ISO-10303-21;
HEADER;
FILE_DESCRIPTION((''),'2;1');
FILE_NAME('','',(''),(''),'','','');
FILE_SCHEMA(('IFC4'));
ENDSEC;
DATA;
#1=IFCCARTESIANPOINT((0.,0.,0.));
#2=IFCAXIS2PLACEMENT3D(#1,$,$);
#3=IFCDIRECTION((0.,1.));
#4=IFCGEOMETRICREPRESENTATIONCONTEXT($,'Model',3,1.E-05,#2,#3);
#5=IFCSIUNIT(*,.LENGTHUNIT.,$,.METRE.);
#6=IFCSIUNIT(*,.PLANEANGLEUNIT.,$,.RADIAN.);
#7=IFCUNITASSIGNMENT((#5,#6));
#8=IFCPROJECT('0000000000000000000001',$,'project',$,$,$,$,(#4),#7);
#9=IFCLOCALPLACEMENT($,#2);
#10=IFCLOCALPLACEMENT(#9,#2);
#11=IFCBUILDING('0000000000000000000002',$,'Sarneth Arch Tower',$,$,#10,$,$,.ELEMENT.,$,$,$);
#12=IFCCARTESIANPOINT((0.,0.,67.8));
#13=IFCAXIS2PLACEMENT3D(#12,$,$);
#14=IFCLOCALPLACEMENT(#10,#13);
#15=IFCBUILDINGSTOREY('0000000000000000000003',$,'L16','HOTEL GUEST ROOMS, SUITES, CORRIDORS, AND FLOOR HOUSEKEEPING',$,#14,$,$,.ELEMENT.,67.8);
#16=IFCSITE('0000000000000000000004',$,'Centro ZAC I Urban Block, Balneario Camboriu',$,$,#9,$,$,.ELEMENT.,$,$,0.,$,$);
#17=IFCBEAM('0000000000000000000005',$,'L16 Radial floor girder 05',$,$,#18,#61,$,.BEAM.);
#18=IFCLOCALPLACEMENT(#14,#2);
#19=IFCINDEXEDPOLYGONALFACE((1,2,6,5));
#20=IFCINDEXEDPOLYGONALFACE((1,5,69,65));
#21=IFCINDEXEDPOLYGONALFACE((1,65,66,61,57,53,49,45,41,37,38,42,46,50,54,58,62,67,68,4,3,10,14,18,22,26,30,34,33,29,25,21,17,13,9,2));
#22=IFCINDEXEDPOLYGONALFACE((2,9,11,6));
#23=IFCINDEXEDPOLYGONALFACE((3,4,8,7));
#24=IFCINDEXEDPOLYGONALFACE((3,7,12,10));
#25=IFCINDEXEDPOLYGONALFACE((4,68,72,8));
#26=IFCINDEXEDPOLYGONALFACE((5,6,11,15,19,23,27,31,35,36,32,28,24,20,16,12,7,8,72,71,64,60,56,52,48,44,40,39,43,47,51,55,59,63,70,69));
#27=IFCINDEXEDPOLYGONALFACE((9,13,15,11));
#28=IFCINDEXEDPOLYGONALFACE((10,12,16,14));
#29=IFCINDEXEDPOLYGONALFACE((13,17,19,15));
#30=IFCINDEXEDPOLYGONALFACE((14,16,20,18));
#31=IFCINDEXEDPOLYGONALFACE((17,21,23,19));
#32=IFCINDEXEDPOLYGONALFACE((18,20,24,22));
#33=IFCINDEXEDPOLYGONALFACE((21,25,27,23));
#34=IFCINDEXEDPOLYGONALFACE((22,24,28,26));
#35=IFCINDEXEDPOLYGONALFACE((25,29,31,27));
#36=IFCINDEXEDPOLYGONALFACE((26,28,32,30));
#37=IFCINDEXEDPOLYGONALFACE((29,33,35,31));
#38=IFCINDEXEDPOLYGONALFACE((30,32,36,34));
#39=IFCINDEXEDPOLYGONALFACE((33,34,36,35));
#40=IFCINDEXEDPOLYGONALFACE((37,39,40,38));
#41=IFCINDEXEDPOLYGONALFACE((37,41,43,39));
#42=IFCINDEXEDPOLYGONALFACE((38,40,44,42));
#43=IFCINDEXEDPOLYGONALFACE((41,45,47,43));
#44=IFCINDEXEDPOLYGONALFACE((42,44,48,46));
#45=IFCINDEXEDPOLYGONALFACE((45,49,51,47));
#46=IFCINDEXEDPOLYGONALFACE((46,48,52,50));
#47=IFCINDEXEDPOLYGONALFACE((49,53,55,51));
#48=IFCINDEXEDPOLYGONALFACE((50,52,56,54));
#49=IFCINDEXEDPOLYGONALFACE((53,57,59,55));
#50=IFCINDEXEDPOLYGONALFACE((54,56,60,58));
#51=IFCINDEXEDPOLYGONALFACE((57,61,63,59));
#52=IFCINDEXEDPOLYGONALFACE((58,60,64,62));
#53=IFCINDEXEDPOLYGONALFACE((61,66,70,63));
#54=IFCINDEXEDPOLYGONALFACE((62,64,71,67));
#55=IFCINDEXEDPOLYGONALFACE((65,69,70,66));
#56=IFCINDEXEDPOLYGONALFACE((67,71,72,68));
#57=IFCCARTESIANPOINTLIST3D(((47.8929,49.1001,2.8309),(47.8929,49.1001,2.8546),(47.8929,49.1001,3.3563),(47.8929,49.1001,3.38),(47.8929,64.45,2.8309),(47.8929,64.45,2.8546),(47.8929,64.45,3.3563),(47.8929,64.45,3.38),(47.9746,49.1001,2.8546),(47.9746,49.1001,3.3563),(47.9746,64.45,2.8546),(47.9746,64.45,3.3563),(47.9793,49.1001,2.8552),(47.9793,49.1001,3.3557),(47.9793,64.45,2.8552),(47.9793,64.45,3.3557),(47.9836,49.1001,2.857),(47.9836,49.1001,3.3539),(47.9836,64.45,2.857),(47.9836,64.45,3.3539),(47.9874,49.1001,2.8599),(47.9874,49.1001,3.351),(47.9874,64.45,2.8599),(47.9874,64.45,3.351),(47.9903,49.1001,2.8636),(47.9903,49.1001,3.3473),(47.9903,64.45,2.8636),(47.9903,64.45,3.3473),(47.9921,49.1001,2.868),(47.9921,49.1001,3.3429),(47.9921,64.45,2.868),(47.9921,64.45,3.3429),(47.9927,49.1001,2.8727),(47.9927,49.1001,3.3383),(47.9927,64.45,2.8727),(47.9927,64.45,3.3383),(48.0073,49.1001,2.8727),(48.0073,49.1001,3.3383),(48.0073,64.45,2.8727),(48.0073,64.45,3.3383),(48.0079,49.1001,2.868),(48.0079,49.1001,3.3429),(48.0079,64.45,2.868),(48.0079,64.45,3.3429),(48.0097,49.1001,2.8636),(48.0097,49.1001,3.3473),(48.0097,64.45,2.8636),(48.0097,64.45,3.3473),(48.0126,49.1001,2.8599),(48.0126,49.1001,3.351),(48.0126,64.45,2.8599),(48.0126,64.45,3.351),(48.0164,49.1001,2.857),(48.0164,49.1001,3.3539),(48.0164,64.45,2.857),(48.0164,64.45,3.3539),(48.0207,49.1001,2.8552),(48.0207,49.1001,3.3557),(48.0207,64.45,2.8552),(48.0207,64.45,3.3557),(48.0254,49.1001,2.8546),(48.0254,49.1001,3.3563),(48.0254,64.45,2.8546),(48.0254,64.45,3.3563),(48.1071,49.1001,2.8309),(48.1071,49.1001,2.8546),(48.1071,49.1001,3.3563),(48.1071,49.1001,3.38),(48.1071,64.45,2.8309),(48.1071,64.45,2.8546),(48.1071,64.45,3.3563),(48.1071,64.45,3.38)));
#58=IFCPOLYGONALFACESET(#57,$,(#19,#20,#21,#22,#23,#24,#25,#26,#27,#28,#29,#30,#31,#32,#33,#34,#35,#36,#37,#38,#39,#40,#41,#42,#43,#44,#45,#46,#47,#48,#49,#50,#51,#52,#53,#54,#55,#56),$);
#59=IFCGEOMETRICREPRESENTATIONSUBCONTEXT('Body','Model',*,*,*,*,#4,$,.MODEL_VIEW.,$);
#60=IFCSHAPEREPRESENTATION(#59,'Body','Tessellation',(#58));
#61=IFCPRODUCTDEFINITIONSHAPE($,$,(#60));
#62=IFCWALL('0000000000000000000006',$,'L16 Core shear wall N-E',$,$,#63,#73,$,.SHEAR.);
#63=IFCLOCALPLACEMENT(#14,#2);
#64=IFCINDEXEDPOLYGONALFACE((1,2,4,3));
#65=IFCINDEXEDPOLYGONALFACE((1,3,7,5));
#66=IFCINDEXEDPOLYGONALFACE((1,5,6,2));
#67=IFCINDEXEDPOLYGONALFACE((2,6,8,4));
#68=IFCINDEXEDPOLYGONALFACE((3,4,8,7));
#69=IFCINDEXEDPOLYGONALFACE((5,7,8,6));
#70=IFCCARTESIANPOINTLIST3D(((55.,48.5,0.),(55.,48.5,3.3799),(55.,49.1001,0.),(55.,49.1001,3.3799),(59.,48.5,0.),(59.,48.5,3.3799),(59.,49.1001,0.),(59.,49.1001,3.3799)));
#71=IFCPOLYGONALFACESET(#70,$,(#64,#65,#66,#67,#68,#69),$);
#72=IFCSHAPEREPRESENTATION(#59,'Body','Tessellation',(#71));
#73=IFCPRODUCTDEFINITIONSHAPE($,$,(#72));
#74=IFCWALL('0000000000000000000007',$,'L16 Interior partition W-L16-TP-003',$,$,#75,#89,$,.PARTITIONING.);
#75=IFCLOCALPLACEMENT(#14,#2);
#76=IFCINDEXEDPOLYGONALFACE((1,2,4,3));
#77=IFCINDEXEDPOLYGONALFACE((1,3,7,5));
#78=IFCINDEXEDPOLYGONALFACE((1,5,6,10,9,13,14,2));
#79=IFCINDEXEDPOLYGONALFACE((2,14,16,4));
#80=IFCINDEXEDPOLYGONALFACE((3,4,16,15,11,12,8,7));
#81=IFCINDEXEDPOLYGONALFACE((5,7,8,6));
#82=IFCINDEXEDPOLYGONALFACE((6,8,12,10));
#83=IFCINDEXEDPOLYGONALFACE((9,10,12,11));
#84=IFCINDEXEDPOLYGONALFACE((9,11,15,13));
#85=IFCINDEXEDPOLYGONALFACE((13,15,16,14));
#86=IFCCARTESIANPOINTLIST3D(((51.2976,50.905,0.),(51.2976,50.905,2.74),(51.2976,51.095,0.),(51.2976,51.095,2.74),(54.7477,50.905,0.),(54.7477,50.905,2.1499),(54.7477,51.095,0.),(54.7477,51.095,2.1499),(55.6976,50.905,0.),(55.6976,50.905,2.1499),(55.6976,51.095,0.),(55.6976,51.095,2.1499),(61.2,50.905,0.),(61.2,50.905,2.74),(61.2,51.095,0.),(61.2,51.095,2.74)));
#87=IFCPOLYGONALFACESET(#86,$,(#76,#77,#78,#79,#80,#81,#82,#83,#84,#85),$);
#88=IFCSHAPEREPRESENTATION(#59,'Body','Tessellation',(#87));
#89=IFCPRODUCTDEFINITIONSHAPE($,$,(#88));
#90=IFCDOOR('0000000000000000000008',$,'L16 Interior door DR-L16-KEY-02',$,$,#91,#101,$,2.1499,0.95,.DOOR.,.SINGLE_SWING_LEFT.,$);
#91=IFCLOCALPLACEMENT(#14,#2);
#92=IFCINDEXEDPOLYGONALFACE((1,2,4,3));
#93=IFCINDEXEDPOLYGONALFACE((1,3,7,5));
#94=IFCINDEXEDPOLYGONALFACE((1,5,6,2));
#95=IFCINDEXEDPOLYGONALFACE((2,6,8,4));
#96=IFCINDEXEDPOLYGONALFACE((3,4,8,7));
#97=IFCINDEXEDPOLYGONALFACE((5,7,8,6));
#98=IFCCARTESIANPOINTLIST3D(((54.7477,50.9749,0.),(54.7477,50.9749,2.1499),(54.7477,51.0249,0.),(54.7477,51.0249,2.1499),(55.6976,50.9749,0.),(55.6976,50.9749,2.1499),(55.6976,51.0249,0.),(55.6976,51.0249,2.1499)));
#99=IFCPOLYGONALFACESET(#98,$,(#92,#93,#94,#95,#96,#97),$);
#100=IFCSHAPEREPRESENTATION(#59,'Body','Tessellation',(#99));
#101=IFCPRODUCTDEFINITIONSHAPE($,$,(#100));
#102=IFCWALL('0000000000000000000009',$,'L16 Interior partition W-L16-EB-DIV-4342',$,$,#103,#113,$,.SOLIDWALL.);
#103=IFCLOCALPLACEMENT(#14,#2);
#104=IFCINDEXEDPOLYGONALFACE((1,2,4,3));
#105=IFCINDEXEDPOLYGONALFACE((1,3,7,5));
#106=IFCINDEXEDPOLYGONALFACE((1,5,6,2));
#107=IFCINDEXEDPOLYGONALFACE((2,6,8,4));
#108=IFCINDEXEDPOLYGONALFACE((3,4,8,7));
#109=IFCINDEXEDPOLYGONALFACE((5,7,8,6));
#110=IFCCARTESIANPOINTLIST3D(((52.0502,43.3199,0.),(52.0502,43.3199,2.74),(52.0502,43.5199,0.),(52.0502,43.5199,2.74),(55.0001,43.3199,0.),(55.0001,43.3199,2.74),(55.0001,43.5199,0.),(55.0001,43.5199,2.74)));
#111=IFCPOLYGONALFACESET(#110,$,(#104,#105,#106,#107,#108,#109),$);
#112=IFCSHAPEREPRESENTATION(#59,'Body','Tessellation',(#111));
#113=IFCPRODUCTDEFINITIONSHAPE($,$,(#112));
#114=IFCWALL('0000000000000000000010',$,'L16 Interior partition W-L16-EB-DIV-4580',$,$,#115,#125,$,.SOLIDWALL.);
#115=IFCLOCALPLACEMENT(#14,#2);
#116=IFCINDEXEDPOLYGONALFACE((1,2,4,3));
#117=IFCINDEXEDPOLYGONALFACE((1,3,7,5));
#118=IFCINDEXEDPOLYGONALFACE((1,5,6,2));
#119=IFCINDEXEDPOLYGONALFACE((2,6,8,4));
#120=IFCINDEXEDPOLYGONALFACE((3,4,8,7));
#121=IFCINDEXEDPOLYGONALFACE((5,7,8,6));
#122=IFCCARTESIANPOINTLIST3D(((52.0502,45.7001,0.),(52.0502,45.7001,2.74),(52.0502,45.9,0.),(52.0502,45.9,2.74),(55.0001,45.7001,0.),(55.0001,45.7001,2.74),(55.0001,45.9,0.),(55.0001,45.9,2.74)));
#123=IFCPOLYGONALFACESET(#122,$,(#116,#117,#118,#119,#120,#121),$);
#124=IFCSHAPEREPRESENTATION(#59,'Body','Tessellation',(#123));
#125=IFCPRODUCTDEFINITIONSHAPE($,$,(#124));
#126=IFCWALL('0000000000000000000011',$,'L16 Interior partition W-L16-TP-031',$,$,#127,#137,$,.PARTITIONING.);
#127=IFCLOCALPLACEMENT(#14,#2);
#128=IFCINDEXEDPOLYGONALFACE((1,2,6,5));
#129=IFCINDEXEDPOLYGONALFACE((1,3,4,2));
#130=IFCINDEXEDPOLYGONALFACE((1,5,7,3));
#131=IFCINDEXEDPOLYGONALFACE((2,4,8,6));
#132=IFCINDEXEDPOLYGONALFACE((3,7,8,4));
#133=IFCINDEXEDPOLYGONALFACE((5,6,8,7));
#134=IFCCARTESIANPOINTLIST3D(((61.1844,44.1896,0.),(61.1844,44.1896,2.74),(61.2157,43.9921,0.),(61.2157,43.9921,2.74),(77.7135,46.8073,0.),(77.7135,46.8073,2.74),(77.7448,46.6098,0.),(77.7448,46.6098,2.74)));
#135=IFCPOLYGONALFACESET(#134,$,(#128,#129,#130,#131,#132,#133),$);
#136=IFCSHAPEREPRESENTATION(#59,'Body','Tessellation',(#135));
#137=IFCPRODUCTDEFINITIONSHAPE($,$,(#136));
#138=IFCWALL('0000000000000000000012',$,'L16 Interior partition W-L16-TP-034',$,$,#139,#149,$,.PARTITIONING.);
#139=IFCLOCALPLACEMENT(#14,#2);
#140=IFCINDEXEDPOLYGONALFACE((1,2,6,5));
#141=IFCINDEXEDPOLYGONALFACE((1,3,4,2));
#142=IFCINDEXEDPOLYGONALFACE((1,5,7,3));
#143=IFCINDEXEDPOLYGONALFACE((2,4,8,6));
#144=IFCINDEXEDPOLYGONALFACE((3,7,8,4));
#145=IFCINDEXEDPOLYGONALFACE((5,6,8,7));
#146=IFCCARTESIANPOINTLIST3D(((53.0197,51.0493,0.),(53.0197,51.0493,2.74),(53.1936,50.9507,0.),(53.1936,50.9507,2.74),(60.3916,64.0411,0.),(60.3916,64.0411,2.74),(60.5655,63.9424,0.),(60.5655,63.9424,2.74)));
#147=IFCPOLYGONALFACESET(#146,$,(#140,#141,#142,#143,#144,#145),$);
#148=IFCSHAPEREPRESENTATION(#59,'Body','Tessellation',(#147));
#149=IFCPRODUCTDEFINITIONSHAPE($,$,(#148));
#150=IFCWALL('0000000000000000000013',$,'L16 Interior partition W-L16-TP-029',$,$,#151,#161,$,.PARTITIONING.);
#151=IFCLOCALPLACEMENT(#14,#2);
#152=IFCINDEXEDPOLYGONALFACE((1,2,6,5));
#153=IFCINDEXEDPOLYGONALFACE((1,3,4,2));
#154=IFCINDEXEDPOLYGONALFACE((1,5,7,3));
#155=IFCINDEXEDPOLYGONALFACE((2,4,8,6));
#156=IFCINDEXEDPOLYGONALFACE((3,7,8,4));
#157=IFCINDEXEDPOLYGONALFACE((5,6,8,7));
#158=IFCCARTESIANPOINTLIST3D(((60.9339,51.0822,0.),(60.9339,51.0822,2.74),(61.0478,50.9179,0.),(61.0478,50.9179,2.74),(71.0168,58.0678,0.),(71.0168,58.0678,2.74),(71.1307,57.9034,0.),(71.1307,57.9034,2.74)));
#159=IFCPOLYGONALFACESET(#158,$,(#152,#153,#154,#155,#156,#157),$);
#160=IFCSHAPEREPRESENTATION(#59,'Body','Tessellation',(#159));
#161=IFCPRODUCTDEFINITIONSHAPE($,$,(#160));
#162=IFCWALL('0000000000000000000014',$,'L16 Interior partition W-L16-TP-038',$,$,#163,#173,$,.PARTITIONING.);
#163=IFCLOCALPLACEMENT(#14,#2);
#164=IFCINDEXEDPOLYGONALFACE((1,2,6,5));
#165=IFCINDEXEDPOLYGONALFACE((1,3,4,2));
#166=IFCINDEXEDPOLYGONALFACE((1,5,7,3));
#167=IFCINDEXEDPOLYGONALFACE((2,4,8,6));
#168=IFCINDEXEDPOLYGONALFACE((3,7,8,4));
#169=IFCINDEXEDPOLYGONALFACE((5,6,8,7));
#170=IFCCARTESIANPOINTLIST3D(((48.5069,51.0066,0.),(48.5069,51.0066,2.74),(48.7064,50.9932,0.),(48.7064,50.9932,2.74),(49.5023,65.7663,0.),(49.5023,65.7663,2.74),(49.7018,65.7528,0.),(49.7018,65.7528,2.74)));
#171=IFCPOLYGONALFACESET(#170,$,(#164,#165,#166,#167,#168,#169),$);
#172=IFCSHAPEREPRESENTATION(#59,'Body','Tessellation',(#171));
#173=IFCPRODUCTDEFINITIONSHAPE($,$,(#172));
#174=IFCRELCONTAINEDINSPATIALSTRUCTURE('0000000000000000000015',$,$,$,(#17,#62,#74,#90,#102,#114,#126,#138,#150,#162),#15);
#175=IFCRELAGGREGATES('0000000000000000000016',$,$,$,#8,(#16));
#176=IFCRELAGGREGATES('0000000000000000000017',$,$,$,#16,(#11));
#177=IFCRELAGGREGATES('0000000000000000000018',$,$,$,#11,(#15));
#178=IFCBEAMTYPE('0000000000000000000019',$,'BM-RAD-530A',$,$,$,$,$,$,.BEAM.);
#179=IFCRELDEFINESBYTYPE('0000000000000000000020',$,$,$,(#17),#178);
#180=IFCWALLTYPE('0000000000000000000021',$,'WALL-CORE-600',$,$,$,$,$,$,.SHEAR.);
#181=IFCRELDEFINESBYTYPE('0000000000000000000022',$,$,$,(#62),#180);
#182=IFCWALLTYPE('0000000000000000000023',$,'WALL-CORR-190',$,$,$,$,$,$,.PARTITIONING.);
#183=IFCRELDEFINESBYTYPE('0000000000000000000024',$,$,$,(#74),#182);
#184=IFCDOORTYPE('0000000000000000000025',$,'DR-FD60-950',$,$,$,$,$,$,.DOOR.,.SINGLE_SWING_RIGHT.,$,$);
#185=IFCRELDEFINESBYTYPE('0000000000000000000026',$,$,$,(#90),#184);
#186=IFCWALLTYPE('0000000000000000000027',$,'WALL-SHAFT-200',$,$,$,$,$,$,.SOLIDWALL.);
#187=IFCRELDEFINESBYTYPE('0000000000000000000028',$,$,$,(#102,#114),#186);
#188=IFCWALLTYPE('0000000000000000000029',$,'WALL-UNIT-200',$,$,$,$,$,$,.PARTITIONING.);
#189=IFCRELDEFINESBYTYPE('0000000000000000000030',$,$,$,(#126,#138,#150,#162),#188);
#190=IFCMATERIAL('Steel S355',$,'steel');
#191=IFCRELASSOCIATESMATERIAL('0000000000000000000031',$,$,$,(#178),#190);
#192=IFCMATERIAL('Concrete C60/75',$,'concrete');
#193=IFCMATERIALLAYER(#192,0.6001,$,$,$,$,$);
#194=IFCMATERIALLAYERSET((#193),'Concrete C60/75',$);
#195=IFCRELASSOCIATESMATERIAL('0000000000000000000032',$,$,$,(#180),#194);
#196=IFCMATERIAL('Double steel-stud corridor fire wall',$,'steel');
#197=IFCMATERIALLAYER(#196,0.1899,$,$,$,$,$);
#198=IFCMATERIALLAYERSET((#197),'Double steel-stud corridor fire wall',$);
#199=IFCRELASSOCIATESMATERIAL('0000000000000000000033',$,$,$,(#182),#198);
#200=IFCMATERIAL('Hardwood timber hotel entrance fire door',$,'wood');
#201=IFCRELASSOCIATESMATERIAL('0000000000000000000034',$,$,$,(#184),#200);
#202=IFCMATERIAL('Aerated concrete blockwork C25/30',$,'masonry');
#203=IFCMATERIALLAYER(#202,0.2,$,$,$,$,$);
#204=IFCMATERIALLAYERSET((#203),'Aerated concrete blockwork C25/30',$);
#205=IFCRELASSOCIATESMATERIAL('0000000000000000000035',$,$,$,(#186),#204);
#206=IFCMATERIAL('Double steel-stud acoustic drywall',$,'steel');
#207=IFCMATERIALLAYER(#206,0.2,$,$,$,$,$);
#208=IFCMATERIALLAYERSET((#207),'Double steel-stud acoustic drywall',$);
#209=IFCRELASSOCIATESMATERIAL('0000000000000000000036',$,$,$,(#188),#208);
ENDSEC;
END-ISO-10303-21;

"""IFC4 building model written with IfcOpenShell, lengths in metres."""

from ifc_helpers import new_model, si_unit, direction, frame, frame_2d, origin, origin_2d, place, context, subcontext, project, spatial, rectangle, i_section, extrude, material, layer, layer_set, material_profile, profile_set, type_object, element, fill, save


model = new_model("IFC4")

# Units and contexts
model_context = context("Model", 3, precision=1e-05, world=origin(), true_north=direction((0.0, 1.0)))
body_context = subcontext(model_context, "Body", "Model", "MODEL_VIEW")
ifc_project = project(units=[si_unit("LENGTHUNIT", "METRE"), si_unit("PLANEANGLEUNIT", "RADIAN")], contexts=[model_context])

# Site, building, storey
site_placement = place(None, origin())
site = spatial("IfcSite", under=ifc_project, at=site_placement, Name="Centro ZAC I Urban Block, Balneario Camboriu", CompositionType="ELEMENT", RefElevation=0.0)
building_placement = place(site_placement, origin())
building = spatial("IfcBuilding", under=site, at=building_placement, Name="Sarneth Arch Tower", CompositionType="ELEMENT")
storey_placement = place(building_placement, frame((0.0, 0.0, 67.8)))
storey = spatial("IfcBuildingStorey", under=building, at=storey_placement, Name="L16", Description="HOTEL GUEST ROOMS, SUITES, CORRIDORS, AND FLOOR HOUSEKEEPING", CompositionType="ELEMENT", Elevation=67.8)

# Beam
ifc_material_1 = material(Name="Steel S355", Category="steel")
ifc_material_profile = material_profile(ifc_material_1, i_section(OverallWidth=0.2141, OverallDepth=0.5491, WebThickness=0.0146, FlangeThickness=0.0237, FilletRadius=0.0181, at=origin_2d()), Name="W530x138")
ifc_profile_set = profile_set([ifc_material_profile], Name="Steel S355")
beam_type = type_object("IfcBeamType", Name="BM-RAD-530A", PredefinedType="BEAM", material=ifc_profile_set)
beam_1_placement = place(storey_placement, frame((48.0, 49.1001, 3.1055), z_axis=(0.0, 1.0, 0.0), x_axis=(-1.0, 0.0, 0.0)))
element("IfcBeam", 1, at=beam_1_placement, inside=storey, type_object=beam_type, Name="L16 Radial floor girder 05", PredefinedType="BEAM", context=body_context, shape_type="SweptSolid", body=[
    extrude(i_section(OverallWidth=0.2141, OverallDepth=0.5491, WebThickness=0.0146, FlangeThickness=0.0237, FilletRadius=0.0181, at=origin_2d()), origin(), (0.0, 0.0, 1.0), 15.3499),
])

# Wall
ifc_material_2 = material(Name="Concrete C60/75", Category="concrete")
ifc_layer_1 = layer(ifc_material_2, 0.6001)
ifc_layer_set_1 = layer_set([ifc_layer_1], Name="Concrete C60/75")
wall_type_1 = type_object("IfcWallType", Name="WALL-CORE-600", PredefinedType="SHEAR", material=ifc_layer_set_1)
wall_1_placement = place(storey_placement, frame((55.0, 48.8, 0.0), z_axis=(0.0, 0.0, 1.0), x_axis=(1.0, 0.0, 0.0)))
element("IfcWall", 2, at=wall_1_placement, inside=storey, type_object=wall_type_1, Name="L16 Core shear wall N-E", PredefinedType="SHEAR", context=body_context, shape_type="SweptSolid", body=[
    extrude(rectangle(XDim=4.0, YDim=0.6001, at=frame_2d((2.0, 0.0))), origin(), (0.0, 0.0, 1.0), 3.3799),
])

# Wall, opening, door
ifc_material_3 = material(Name="Double steel-stud corridor fire wall", Category="steel")
ifc_layer_2 = layer(ifc_material_3, 0.1899)
ifc_layer_set_2 = layer_set([ifc_layer_2], Name="Double steel-stud corridor fire wall")
wall_type_2 = type_object("IfcWallType", Name="WALL-CORR-190", PredefinedType="PARTITIONING", material=ifc_layer_set_2)
wall_2_placement = place(storey_placement, frame((51.2976, 51.0, 0.0), z_axis=(0.0, 0.0, 1.0), x_axis=(1.0, 0.0, 0.0)))
wall_2 = element("IfcWall", 3, at=wall_2_placement, inside=storey, type_object=wall_type_2, Name="L16 Interior partition W-L16-TP-003", PredefinedType="PARTITIONING", context=body_context, shape_type="SweptSolid", body=[
    extrude(rectangle(XDim=9.9023, YDim=0.1899, at=frame_2d((4.9512, 0.0))), origin(), (0.0, 0.0, 1.0), 2.74),
])
opening_1_placement = place(wall_2_placement, frame((3.45, 0.0, 0.0)))
opening_1 = element("IfcOpeningElement", 4, at=opening_1_placement, cuts=wall_2, PredefinedType="OPENING", context=body_context, shape_type="SweptSolid", body=[
    extrude(rectangle(XDim=0.95, YDim=2.1499, at=frame_2d((0.4751, 1.075))), frame((0.0, 0.105, 0.0), z_axis=(0.0, -1.0, 0.0), x_axis=(1.0, 0.0, 0.0)), (0.0, 0.0, 1.0), 0.21),
])
ifc_material_4 = material(Name="Hardwood timber hotel entrance fire door", Category="wood")
door_type = type_object("IfcDoorType", Name="DR-FD60-950", OperationType="SINGLE_SWING_RIGHT", PredefinedType="DOOR", material=ifc_material_4)
door_1_placement = place(opening_1_placement, origin())
door_1 = element("IfcDoor", 5, at=door_1_placement, inside=storey, type_object=door_type, Name="L16 Interior door DR-L16-KEY-02", OperationType="SINGLE_SWING_LEFT", OverallHeight=2.1499, OverallWidth=0.95, PredefinedType="DOOR", context=body_context, shape_type="SweptSolid", body=[
    extrude(rectangle(XDim=0.95, YDim=2.1499, at=frame_2d((0.4751, 1.075))), frame((0.0, 0.0249, 0.0), z_axis=(0.0, -1.0, 0.0), x_axis=(1.0, 0.0, 0.0)), (0.0, 0.0, 1.0), 0.05),
])
fill(opening_1, door_1)

# Walls
ifc_material_5 = material(Name="Aerated concrete blockwork C25/30", Category="masonry")
ifc_layer_3 = layer(ifc_material_5, 0.2)
ifc_layer_set_3 = layer_set([ifc_layer_3], Name="Aerated concrete blockwork C25/30")
wall_type_3 = type_object("IfcWallType", Name="WALL-SHAFT-200", PredefinedType="SOLIDWALL", material=ifc_layer_set_3)
for number, where, z_axis, x_axis, name in (
    (6, (52.05, 43.4199, 0.0), (0.0, 0.0, 1.0), (1.0, 0.0, 0.0), "L16 Interior partition W-L16-EB-DIV-4342"),
    (7, (52.05, 45.8, 0.0), (0.0, 0.0, 1.0), (1.0, 0.0, 0.0), "L16 Interior partition W-L16-EB-DIV-4580"),
):
    element("IfcWall", number, at=place(storey_placement, frame(where, z_axis=z_axis, x_axis=x_axis)), inside=storey, type_object=wall_type_3, Name=name, PredefinedType="SOLIDWALL", context=body_context, shape_type="SweptSolid", body=[
        extrude(rectangle(XDim=2.95, YDim=0.2, at=frame_2d((1.4751, 0.0))), origin(), (0.0, 0.0, 1.0), 2.74),
    ])
ifc_material_6 = material(Name="Double steel-stud acoustic drywall", Category="steel")
ifc_layer_4 = layer(ifc_material_6, 0.2)
ifc_layer_set_4 = layer_set([ifc_layer_4], Name="Double steel-stud acoustic drywall")
wall_type_4 = type_object("IfcWallType", Name="WALL-UNIT-200", PredefinedType="PARTITIONING", material=ifc_layer_set_4)
wall_3_placement = place(storey_placement, frame((61.2, 44.0908, 0.0), z_axis=(0.0, 0.0, 1.0), x_axis=(0.987691, 0.156419, 0.0)))
element("IfcWall", 8, at=wall_3_placement, inside=storey, type_object=wall_type_4, Name="L16 Interior partition W-L16-TP-031", PredefinedType="PARTITIONING", context=body_context, shape_type="SweptSolid", body=[
    extrude(rectangle(XDim=16.7351, YDim=0.2, at=frame_2d((8.3677, 0.0))), origin(), (0.0, 0.0, 1.0), 2.74),
])
wall_4_placement = place(storey_placement, frame((53.1067, 51.0, 0.0), z_axis=(0.0, 0.0, 1.0), x_axis=(0.493512, 0.869739, 0.0)))
element("IfcWall", 9, at=wall_4_placement, inside=storey, type_object=wall_type_4, Name="L16 Interior partition W-L16-TP-034", PredefinedType="PARTITIONING", context=body_context, shape_type="SweptSolid", body=[
    extrude(rectangle(XDim=14.9375, YDim=0.2, at=frame_2d((7.4688, 0.0))), origin(), (0.0, 0.0, 1.0), 2.74),
])
wall_5_placement = place(storey_placement, frame((60.9907, 51.0, 0.0), z_axis=(0.0, 0.0, 1.0), x_axis=(0.821999, 0.569488, 0.0)))
element("IfcWall", 10, at=wall_5_placement, inside=storey, type_object=wall_type_4, Name="L16 Interior partition W-L16-TP-029", PredefinedType="PARTITIONING", context=body_context, shape_type="SweptSolid", body=[
    extrude(rectangle(XDim=12.2664, YDim=0.2, at=frame_2d((6.1333, 0.0))), origin(), (0.0, 0.0, 1.0), 2.74),
])
wall_6_placement = place(storey_placement, frame((48.6067, 51.0, 0.0), z_axis=(0.0, 0.0, 1.0), x_axis=(0.067285, 0.997734, 0.0)))
element("IfcWall", 11, at=wall_6_placement, inside=storey, type_object=wall_type_4, Name="L16 Interior partition W-L16-TP-038", PredefinedType="PARTITIONING", context=body_context, shape_type="SweptSolid", body=[
    extrude(rectangle(XDim=14.7932, YDim=0.2, at=frame_2d((7.3965, 0.0))), origin(), (0.0, 0.0, 1.0), 2.74),
])

save(model, "model.ifc")
